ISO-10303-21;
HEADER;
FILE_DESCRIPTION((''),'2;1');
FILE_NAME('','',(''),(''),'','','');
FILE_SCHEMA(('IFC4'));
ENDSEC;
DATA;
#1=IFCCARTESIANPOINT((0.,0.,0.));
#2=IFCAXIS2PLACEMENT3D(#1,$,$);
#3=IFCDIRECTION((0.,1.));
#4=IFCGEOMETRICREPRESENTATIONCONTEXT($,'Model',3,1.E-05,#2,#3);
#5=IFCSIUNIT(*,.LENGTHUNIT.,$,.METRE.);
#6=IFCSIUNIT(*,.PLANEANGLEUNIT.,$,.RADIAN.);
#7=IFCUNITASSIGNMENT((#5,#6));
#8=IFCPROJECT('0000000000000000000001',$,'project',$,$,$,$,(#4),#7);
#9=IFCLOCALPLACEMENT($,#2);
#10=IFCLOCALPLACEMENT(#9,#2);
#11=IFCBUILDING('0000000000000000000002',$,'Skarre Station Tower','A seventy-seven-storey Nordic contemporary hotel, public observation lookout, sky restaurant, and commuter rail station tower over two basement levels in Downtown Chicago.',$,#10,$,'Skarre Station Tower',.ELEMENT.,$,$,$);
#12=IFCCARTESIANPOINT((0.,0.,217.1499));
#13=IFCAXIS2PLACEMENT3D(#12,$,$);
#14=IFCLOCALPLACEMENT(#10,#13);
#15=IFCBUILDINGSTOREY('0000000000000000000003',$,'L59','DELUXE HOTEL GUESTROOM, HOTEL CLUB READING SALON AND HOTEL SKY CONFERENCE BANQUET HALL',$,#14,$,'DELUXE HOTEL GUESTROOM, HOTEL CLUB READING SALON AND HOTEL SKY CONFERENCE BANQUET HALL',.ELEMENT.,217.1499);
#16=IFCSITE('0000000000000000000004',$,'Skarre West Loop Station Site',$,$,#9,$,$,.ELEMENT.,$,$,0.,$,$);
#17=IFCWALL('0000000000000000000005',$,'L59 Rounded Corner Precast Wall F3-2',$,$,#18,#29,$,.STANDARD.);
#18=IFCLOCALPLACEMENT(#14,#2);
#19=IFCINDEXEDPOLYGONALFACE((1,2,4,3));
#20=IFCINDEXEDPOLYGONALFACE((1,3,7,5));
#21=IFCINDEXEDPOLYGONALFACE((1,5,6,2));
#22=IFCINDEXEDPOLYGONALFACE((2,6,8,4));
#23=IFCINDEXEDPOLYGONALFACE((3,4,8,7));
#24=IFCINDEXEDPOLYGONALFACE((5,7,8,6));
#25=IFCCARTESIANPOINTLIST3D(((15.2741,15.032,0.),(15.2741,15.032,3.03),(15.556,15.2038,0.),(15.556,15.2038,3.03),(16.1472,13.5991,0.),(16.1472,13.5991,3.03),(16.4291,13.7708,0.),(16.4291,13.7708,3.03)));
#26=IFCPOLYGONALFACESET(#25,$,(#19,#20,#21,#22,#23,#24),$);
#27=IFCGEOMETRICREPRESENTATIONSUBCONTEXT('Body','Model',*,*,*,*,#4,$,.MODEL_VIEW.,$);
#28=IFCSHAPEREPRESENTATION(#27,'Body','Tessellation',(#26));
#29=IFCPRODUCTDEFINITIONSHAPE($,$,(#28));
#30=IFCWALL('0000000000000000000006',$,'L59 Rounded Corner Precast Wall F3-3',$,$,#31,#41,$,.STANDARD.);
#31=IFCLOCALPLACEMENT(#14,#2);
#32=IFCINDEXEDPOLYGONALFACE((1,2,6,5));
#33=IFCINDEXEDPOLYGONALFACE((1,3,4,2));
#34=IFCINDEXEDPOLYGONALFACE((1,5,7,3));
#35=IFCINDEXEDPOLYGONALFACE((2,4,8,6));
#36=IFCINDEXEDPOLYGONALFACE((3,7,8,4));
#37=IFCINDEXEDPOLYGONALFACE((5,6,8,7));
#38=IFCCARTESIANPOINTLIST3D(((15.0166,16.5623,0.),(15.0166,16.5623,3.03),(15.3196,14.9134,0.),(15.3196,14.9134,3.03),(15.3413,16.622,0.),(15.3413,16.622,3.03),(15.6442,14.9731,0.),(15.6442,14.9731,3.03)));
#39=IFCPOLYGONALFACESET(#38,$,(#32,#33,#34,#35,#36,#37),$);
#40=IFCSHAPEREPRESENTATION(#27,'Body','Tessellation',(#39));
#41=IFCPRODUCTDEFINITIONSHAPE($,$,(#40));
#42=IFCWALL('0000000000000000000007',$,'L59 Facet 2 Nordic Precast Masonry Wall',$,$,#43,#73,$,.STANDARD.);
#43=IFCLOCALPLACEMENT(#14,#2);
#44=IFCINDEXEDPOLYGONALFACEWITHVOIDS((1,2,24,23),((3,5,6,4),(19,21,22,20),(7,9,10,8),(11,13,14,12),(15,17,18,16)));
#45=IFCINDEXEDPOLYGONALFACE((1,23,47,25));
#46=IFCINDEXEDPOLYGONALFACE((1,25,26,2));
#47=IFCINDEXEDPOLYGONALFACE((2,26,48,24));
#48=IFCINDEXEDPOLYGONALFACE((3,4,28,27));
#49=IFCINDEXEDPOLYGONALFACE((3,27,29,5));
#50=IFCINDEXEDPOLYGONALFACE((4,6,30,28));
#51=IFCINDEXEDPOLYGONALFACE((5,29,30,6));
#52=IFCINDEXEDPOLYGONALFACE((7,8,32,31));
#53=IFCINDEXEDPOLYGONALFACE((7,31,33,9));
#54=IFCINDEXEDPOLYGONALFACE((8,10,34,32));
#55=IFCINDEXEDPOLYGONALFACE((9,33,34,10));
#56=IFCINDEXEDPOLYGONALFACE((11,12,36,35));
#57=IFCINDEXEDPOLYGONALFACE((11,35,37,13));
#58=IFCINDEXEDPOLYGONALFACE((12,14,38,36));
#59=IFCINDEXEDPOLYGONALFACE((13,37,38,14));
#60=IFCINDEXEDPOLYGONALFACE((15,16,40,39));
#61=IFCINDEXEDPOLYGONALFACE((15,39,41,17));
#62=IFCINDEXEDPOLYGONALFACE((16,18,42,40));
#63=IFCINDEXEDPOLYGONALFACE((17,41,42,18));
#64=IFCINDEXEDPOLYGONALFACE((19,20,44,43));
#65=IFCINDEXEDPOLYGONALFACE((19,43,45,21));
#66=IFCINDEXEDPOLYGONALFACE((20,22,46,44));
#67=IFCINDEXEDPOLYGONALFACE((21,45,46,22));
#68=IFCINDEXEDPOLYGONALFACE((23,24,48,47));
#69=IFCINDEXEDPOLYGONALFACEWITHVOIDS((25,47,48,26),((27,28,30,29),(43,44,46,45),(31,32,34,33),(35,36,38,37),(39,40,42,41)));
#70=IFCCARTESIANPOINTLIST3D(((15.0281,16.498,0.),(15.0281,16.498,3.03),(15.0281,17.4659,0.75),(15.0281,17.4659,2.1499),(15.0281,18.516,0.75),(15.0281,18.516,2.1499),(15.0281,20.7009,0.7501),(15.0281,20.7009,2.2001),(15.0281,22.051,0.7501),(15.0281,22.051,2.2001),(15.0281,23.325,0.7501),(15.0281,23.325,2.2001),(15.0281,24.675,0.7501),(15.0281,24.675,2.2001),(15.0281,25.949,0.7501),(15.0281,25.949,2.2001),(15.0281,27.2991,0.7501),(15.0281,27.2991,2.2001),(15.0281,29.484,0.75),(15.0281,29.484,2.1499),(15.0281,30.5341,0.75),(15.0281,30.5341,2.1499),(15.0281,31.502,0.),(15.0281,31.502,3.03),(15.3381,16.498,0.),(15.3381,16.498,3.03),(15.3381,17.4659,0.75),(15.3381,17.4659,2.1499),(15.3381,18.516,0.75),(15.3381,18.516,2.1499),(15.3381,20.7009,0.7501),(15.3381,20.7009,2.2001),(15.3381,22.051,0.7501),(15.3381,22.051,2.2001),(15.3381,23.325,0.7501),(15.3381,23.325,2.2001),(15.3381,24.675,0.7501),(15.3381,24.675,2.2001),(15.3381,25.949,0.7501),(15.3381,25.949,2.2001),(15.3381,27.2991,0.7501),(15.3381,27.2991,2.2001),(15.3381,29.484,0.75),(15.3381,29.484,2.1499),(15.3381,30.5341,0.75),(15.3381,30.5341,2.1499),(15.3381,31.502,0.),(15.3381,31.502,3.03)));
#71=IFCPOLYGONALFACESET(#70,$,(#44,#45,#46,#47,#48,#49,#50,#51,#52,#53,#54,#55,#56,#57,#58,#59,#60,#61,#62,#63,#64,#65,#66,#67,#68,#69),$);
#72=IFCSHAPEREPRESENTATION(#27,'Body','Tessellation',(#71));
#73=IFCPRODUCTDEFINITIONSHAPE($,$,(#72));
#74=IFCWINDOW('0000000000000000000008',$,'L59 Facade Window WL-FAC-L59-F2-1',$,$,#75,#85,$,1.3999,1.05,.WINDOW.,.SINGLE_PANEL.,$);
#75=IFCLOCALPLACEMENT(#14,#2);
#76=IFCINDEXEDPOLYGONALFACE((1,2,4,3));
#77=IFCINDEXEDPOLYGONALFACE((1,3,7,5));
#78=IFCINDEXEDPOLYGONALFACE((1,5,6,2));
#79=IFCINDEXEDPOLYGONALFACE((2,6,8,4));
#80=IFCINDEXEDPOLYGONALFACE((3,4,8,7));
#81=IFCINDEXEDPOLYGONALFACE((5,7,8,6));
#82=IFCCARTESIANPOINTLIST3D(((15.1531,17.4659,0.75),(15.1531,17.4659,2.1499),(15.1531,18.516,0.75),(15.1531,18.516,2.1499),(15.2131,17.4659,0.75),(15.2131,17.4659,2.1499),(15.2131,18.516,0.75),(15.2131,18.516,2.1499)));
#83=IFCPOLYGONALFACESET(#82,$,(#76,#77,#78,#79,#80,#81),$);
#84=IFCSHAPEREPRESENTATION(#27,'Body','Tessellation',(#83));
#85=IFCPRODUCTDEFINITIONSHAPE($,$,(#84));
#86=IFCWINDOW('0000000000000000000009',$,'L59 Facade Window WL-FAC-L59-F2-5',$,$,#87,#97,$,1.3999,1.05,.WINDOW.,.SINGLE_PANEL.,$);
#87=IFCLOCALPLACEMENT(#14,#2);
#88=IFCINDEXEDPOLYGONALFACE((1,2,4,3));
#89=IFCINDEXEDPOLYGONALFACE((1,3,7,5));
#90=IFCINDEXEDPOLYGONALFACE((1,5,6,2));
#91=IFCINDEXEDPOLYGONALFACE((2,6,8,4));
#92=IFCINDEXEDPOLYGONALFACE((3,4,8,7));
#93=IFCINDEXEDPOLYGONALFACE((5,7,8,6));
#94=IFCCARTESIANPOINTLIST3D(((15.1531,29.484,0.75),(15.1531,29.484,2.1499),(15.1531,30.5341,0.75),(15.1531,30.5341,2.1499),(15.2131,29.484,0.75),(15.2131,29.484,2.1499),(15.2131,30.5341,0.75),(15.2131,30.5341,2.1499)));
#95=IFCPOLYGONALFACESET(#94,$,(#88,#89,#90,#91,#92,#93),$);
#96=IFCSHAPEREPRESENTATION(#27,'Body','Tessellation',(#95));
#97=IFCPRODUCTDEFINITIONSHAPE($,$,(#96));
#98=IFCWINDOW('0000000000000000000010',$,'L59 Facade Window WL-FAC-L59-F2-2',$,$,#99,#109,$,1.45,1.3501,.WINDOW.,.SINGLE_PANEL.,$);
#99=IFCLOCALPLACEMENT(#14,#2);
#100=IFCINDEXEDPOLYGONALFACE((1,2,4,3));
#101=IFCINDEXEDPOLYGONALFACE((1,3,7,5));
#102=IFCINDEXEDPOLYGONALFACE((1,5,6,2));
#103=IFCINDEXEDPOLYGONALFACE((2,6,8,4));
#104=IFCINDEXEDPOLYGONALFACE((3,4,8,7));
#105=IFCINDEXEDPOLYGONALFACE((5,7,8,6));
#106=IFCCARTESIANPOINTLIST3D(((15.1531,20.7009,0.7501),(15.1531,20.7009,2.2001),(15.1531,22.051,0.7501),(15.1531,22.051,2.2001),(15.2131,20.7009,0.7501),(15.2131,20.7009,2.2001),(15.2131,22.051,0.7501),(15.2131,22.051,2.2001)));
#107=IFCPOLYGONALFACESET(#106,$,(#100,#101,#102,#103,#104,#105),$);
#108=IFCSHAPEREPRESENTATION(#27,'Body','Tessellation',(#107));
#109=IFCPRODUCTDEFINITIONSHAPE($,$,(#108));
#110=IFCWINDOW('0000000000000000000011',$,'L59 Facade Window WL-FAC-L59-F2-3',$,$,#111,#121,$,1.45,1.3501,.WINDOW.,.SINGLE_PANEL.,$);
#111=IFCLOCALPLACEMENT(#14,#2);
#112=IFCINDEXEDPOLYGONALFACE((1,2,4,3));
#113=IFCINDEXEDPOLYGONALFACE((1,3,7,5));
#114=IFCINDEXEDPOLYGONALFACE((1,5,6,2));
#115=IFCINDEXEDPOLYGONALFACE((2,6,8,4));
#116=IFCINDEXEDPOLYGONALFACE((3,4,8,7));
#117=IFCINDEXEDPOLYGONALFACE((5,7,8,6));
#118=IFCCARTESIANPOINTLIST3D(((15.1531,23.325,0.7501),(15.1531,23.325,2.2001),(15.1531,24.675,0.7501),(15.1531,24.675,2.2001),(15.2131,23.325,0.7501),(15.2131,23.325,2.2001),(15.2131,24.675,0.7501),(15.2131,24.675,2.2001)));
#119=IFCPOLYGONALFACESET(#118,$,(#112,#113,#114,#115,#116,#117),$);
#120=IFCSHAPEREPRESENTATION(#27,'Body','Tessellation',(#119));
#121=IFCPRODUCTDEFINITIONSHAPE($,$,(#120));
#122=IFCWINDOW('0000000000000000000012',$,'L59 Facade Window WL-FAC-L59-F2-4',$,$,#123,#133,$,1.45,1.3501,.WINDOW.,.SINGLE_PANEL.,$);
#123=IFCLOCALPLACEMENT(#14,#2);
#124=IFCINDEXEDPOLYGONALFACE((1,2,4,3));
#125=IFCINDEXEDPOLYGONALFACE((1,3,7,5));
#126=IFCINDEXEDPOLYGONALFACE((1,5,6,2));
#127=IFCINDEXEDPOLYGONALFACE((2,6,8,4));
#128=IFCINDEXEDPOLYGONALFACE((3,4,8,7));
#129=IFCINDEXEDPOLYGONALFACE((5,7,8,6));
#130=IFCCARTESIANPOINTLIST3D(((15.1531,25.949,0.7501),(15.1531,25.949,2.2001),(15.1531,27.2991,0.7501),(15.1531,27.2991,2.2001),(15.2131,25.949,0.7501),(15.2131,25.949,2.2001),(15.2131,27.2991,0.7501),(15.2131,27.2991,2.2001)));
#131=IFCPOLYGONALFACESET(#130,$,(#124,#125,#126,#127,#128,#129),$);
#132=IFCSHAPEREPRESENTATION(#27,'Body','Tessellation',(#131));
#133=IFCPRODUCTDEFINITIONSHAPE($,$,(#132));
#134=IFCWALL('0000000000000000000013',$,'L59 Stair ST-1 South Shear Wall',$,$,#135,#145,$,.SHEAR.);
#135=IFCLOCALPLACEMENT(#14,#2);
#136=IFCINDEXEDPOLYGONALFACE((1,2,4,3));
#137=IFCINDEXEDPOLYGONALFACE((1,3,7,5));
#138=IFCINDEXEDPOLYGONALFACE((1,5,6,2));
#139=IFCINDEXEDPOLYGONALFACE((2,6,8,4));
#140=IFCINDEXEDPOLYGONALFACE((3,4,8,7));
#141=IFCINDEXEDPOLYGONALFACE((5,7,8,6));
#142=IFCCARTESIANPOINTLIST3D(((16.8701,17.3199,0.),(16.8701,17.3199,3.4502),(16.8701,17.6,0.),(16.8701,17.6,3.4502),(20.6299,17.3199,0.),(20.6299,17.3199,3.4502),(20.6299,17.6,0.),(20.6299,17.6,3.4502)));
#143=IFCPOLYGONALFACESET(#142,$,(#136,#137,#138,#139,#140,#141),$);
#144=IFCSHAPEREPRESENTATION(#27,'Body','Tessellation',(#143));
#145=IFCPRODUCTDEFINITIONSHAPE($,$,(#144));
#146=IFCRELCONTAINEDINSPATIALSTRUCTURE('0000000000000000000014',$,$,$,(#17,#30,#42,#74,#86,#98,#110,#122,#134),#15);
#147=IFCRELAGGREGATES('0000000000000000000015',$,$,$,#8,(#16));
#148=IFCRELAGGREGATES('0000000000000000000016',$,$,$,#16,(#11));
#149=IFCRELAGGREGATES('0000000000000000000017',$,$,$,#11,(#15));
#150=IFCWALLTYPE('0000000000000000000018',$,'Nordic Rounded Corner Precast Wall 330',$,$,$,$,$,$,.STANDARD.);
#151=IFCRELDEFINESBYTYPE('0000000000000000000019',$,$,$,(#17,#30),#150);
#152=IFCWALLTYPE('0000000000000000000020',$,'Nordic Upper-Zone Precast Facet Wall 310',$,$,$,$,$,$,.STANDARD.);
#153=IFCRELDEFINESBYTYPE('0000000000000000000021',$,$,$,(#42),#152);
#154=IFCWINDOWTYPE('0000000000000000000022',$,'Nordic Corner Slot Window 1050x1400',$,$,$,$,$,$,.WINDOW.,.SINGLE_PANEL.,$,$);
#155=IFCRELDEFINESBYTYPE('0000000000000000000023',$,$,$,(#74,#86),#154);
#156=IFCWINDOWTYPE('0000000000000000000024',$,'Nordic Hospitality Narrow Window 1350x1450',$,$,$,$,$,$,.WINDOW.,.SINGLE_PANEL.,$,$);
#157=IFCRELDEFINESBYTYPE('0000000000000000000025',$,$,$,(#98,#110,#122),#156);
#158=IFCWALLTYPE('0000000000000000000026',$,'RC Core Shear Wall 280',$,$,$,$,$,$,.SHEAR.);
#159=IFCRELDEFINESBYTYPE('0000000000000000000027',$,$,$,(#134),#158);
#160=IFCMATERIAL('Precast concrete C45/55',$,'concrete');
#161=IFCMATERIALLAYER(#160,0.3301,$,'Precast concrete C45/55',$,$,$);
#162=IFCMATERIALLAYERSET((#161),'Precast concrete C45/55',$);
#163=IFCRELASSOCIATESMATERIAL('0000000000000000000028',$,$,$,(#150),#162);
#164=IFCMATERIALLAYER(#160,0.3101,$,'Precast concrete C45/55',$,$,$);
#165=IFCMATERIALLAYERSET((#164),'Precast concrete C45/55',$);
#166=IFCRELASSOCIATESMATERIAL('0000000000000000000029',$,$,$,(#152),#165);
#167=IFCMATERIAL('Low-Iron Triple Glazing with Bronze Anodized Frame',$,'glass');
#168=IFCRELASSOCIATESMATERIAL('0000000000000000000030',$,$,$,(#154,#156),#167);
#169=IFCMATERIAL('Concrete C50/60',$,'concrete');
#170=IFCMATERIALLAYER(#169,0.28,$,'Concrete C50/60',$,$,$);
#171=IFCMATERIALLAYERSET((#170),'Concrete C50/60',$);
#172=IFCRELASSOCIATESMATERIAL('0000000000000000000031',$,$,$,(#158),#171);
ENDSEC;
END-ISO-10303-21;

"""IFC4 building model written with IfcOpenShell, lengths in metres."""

from ifc_helpers import new_model, si_unit, direction, frame, frame_2d, origin, place, context, subcontext, project, spatial, rectangle, extrude, material, layer, layer_set, type_object, element, fill, save


model = new_model("IFC4")

# Units and contexts
model_context = context("Model", 3, precision=1e-05, world=origin(), true_north=direction((0.0, 1.0)))
body_context = subcontext(model_context, "Body", "Model", "MODEL_VIEW")
ifc_project = project(units=[si_unit("LENGTHUNIT", "METRE"), si_unit("PLANEANGLEUNIT", "RADIAN")], contexts=[model_context])

# Site, building, storey
site_placement = place(None, origin())
site = spatial("IfcSite", under=ifc_project, at=site_placement, Name="Skarre West Loop Station Site", CompositionType="ELEMENT", RefElevation=0.0)
building_placement = place(site_placement, origin())
building = spatial("IfcBuilding", under=site, at=building_placement, Name="Skarre Station Tower", Description="A seventy-seven-storey Nordic contemporary hotel, public observation lookout, sky restaurant, and commuter rail station tower over two basement levels in Downtown Chicago.", LongName="Skarre Station Tower", CompositionType="ELEMENT")
storey_placement = place(building_placement, frame((0.0, 0.0, 217.1499)))
storey = spatial("IfcBuildingStorey", under=building, at=storey_placement, Name="L59", Description="DELUXE HOTEL GUESTROOM, HOTEL CLUB READING SALON AND HOTEL SKY CONFERENCE BANQUET HALL", LongName="DELUXE HOTEL GUESTROOM, HOTEL CLUB READING SALON AND HOTEL SKY CONFERENCE BANQUET HALL", CompositionType="ELEMENT", Elevation=217.1499)

# Shared definitions
ifc_material_1 = material(Name="Concrete C50/60", Category="concrete")

# Walls
ifc_material_2 = material(Name="Precast concrete C45/55", Category="concrete")
ifc_layer_1 = layer(ifc_material_2, 0.3301, Name="Precast concrete C45/55")
ifc_layer_set_1 = layer_set([ifc_layer_1], Name="Precast concrete C45/55")
wall_type_1 = type_object("IfcWallType", Name="Nordic Rounded Corner Precast Wall 330", PredefinedType="STANDARD", material=ifc_layer_set_1)
wall_1_placement = place(storey_placement, frame((16.2881, 13.6851, 0.0), z_axis=(0.0, 0.0, 1.0), x_axis=(-0.520325, 0.853968, 0.0)))
element("IfcWall", 1, at=wall_1_placement, inside=storey, type_object=wall_type_1, Name="L59 Rounded Corner Precast Wall F3-2", PredefinedType="STANDARD", context=body_context, shape_type="SweptSolid", body=[
    extrude(rectangle(XDim=1.678, YDim=0.3301, at=frame_2d((0.8389, 0.0))), origin(), (0.0, 0.0, 1.0), 3.03),
])
wall_2_placement = place(storey_placement, frame((15.4819, 14.9431, 0.0), z_axis=(0.0, 0.0, 1.0), x_axis=(-0.180718, 0.983535, 0.0)))
element("IfcWall", 2, at=wall_2_placement, inside=storey, type_object=wall_type_1, Name="L59 Rounded Corner Precast Wall F3-3", PredefinedType="STANDARD", context=body_context, shape_type="SweptSolid", body=[
    extrude(rectangle(XDim=1.6765, YDim=0.3301, at=frame_2d((0.8384, 0.0))), origin(), (0.0, 0.0, 1.0), 3.03),
])

# Wall, openings, windows
ifc_layer_2 = layer(ifc_material_2, 0.3101, Name="Precast concrete C45/55")
ifc_layer_set_2 = layer_set([ifc_layer_2], Name="Precast concrete C45/55")
wall_type_2 = type_object("IfcWallType", Name="Nordic Upper-Zone Precast Facet Wall 310", PredefinedType="STANDARD", material=ifc_layer_set_2)
wall_3_placement = place(storey_placement, frame((15.1831, 16.498, 0.0), z_axis=(0.0, 0.0, 1.0), x_axis=(0.0, 1.0, 0.0)))
wall_3 = element("IfcWall", 3, at=wall_3_placement, inside=storey, type_object=wall_type_2, Name="L59 Facet 2 Nordic Precast Masonry Wall", PredefinedType="STANDARD", context=body_context, shape_type="SweptSolid", body=[
    extrude(rectangle(XDim=15.0039, YDim=0.3101, at=frame_2d((7.502, 0.0))), origin(), (0.0, 0.0, 1.0), 3.03),
])
opening_1_placement = place(wall_3_placement, frame((0.968, 0.0, 0.75)))
opening_1 = element("IfcOpeningElement", 4, at=opening_1_placement, cuts=wall_3, PredefinedType="OPENING", context=body_context, shape_type="SweptSolid", body=[
    extrude(rectangle(XDim=1.05, YDim=1.3999, at=frame_2d((0.5249, 0.7))), frame((0.0, 0.165, 0.0), z_axis=(0.0, -1.0, 0.0), x_axis=(1.0, 0.0, 0.0)), (0.0, 0.0, 1.0), 0.3301),
])
opening_2_placement = place(wall_3_placement, frame((4.2029, 0.0, 0.75)))
opening_2 = element("IfcOpeningElement", 5, at=opening_2_placement, cuts=wall_3, PredefinedType="OPENING", context=body_context, shape_type="SweptSolid", body=[
    extrude(rectangle(XDim=1.3501, YDim=1.45, at=frame_2d((0.675, 0.7251))), frame((0.0, 0.165, 0.0), z_axis=(0.0, -1.0, 0.0), x_axis=(1.0, 0.0, 0.0)), (0.0, 0.0, 1.0), 0.3301),
])
opening_3_placement = place(wall_3_placement, frame((6.8269, 0.0, 0.75)))
opening_3 = element("IfcOpeningElement", 6, at=opening_3_placement, cuts=wall_3, PredefinedType="OPENING", context=body_context, shape_type="SweptSolid", body=[
    extrude(rectangle(XDim=1.3501, YDim=1.45, at=frame_2d((0.675, 0.7251))), frame((0.0, 0.165, 0.0), z_axis=(0.0, -1.0, 0.0), x_axis=(1.0, 0.0, 0.0)), (0.0, 0.0, 1.0), 0.3301),
])
opening_4_placement = place(wall_3_placement, frame((9.4509, 0.0, 0.75)))
opening_4 = element("IfcOpeningElement", 7, at=opening_4_placement, cuts=wall_3, PredefinedType="OPENING", context=body_context, shape_type="SweptSolid", body=[
    extrude(rectangle(XDim=1.3501, YDim=1.45, at=frame_2d((0.675, 0.7251))), frame((0.0, 0.165, 0.0), z_axis=(0.0, -1.0, 0.0), x_axis=(1.0, 0.0, 0.0)), (0.0, 0.0, 1.0), 0.3301),
])
opening_5_placement = place(wall_3_placement, frame((12.9861, 0.0, 0.75)))
opening_5 = element("IfcOpeningElement", 8, at=opening_5_placement, cuts=wall_3, PredefinedType="OPENING", context=body_context, shape_type="SweptSolid", body=[
    extrude(rectangle(XDim=1.05, YDim=1.3999, at=frame_2d((0.5249, 0.7))), frame((0.0, 0.165, 0.0), z_axis=(0.0, -1.0, 0.0), x_axis=(1.0, 0.0, 0.0)), (0.0, 0.0, 1.0), 0.3301),
])
ifc_material_3 = material(Name="Low-Iron Triple Glazing with Bronze Anodized Frame", Category="glass")
window_type_1 = type_object("IfcWindowType", Name="Nordic Corner Slot Window 1050x1400", PartitioningType="SINGLE_PANEL", PredefinedType="WINDOW", material=ifc_material_3)
window_1_placement = place(opening_1_placement, origin())
window_1 = element("IfcWindow", 9, at=window_1_placement, inside=storey, type_object=window_type_1, Name="L59 Facade Window WL-FAC-L59-F2-1", OverallHeight=1.3999, OverallWidth=1.05, PartitioningType="SINGLE_PANEL", PredefinedType="WINDOW", context=body_context, shape_type="SweptSolid", body=[
    extrude(rectangle(XDim=1.05, YDim=1.3999, at=frame_2d((0.5249, 0.7))), frame((0.0, 0.03, 0.0), z_axis=(0.0, -1.0, 0.0), x_axis=(1.0, 0.0, 0.0)), (0.0, 0.0, 1.0), 0.0601),
])
fill(opening_1, window_1)
window_2_placement = place(opening_5_placement, origin())
window_2 = element("IfcWindow", 10, at=window_2_placement, inside=storey, type_object=window_type_1, Name="L59 Facade Window WL-FAC-L59-F2-5", OverallHeight=1.3999, OverallWidth=1.05, PartitioningType="SINGLE_PANEL", PredefinedType="WINDOW", context=body_context, shape_type="SweptSolid", body=[
    extrude(rectangle(XDim=1.05, YDim=1.3999, at=frame_2d((0.5249, 0.7))), frame((0.0, 0.03, 0.0), z_axis=(0.0, -1.0, 0.0), x_axis=(1.0, 0.0, 0.0)), (0.0, 0.0, 1.0), 0.0601),
])
fill(opening_5, window_2)
window_type_2 = type_object("IfcWindowType", Name="Nordic Hospitality Narrow Window 1350x1450", PartitioningType="SINGLE_PANEL", PredefinedType="WINDOW", material=ifc_material_3)
window_3_placement = place(opening_2_placement, origin())
window_3 = element("IfcWindow", 11, at=window_3_placement, inside=storey, type_object=window_type_2, Name="L59 Facade Window WL-FAC-L59-F2-2", OverallHeight=1.45, OverallWidth=1.3501, PartitioningType="SINGLE_PANEL", PredefinedType="WINDOW", context=body_context, shape_type="SweptSolid", body=[
    extrude(rectangle(XDim=1.3501, YDim=1.45, at=frame_2d((0.675, 0.7251))), frame((0.0, 0.03, 0.0), z_axis=(0.0, -1.0, 0.0), x_axis=(1.0, 0.0, 0.0)), (0.0, 0.0, 1.0), 0.0601),
])
fill(opening_2, window_3)
window_4_placement = place(opening_3_placement, origin())
window_4 = element("IfcWindow", 12, at=window_4_placement, inside=storey, type_object=window_type_2, Name="L59 Facade Window WL-FAC-L59-F2-3", OverallHeight=1.45, OverallWidth=1.3501, PartitioningType="SINGLE_PANEL", PredefinedType="WINDOW", context=body_context, shape_type="SweptSolid", body=[
    extrude(rectangle(XDim=1.3501, YDim=1.45, at=frame_2d((0.675, 0.7251))), frame((0.0, 0.03, 0.0), z_axis=(0.0, -1.0, 0.0), x_axis=(1.0, 0.0, 0.0)), (0.0, 0.0, 1.0), 0.0601),
])
fill(opening_3, window_4)
window_5_placement = place(opening_4_placement, origin())
window_5 = element("IfcWindow", 13, at=window_5_placement, inside=storey, type_object=window_type_2, Name="L59 Facade Window WL-FAC-L59-F2-4", OverallHeight=1.45, OverallWidth=1.3501, PartitioningType="SINGLE_PANEL", PredefinedType="WINDOW", context=body_context, shape_type="SweptSolid", body=[
    extrude(rectangle(XDim=1.3501, YDim=1.45, at=frame_2d((0.675, 0.7251))), frame((0.0, 0.03, 0.0), z_axis=(0.0, -1.0, 0.0), x_axis=(1.0, 0.0, 0.0)), (0.0, 0.0, 1.0), 0.0601),
])
fill(opening_4, window_5)

# Wall
ifc_layer_3 = layer(ifc_material_1, 0.28, Name="Concrete C50/60")
ifc_layer_set_3 = layer_set([ifc_layer_3], Name="Concrete C50/60")
wall_type_3 = type_object("IfcWallType", Name="RC Core Shear Wall 280", PredefinedType="SHEAR", material=ifc_layer_set_3)
wall_4_placement = place(storey_placement, frame((16.8701, 17.46, 0.0), z_axis=(0.0, 0.0, 1.0), x_axis=(1.0, 0.0, 0.0)))
element("IfcWall", 14, at=wall_4_placement, inside=storey, type_object=wall_type_3, Name="L59 Stair ST-1 South Shear Wall", PredefinedType="SHEAR", context=body_context, shape_type="SweptSolid", body=[
    extrude(rectangle(XDim=3.7598, YDim=0.28, at=frame_2d((1.8799, 0.0))), origin(), (0.0, 0.0, 1.0), 3.4502),
])

save(model, "model.ifc")
